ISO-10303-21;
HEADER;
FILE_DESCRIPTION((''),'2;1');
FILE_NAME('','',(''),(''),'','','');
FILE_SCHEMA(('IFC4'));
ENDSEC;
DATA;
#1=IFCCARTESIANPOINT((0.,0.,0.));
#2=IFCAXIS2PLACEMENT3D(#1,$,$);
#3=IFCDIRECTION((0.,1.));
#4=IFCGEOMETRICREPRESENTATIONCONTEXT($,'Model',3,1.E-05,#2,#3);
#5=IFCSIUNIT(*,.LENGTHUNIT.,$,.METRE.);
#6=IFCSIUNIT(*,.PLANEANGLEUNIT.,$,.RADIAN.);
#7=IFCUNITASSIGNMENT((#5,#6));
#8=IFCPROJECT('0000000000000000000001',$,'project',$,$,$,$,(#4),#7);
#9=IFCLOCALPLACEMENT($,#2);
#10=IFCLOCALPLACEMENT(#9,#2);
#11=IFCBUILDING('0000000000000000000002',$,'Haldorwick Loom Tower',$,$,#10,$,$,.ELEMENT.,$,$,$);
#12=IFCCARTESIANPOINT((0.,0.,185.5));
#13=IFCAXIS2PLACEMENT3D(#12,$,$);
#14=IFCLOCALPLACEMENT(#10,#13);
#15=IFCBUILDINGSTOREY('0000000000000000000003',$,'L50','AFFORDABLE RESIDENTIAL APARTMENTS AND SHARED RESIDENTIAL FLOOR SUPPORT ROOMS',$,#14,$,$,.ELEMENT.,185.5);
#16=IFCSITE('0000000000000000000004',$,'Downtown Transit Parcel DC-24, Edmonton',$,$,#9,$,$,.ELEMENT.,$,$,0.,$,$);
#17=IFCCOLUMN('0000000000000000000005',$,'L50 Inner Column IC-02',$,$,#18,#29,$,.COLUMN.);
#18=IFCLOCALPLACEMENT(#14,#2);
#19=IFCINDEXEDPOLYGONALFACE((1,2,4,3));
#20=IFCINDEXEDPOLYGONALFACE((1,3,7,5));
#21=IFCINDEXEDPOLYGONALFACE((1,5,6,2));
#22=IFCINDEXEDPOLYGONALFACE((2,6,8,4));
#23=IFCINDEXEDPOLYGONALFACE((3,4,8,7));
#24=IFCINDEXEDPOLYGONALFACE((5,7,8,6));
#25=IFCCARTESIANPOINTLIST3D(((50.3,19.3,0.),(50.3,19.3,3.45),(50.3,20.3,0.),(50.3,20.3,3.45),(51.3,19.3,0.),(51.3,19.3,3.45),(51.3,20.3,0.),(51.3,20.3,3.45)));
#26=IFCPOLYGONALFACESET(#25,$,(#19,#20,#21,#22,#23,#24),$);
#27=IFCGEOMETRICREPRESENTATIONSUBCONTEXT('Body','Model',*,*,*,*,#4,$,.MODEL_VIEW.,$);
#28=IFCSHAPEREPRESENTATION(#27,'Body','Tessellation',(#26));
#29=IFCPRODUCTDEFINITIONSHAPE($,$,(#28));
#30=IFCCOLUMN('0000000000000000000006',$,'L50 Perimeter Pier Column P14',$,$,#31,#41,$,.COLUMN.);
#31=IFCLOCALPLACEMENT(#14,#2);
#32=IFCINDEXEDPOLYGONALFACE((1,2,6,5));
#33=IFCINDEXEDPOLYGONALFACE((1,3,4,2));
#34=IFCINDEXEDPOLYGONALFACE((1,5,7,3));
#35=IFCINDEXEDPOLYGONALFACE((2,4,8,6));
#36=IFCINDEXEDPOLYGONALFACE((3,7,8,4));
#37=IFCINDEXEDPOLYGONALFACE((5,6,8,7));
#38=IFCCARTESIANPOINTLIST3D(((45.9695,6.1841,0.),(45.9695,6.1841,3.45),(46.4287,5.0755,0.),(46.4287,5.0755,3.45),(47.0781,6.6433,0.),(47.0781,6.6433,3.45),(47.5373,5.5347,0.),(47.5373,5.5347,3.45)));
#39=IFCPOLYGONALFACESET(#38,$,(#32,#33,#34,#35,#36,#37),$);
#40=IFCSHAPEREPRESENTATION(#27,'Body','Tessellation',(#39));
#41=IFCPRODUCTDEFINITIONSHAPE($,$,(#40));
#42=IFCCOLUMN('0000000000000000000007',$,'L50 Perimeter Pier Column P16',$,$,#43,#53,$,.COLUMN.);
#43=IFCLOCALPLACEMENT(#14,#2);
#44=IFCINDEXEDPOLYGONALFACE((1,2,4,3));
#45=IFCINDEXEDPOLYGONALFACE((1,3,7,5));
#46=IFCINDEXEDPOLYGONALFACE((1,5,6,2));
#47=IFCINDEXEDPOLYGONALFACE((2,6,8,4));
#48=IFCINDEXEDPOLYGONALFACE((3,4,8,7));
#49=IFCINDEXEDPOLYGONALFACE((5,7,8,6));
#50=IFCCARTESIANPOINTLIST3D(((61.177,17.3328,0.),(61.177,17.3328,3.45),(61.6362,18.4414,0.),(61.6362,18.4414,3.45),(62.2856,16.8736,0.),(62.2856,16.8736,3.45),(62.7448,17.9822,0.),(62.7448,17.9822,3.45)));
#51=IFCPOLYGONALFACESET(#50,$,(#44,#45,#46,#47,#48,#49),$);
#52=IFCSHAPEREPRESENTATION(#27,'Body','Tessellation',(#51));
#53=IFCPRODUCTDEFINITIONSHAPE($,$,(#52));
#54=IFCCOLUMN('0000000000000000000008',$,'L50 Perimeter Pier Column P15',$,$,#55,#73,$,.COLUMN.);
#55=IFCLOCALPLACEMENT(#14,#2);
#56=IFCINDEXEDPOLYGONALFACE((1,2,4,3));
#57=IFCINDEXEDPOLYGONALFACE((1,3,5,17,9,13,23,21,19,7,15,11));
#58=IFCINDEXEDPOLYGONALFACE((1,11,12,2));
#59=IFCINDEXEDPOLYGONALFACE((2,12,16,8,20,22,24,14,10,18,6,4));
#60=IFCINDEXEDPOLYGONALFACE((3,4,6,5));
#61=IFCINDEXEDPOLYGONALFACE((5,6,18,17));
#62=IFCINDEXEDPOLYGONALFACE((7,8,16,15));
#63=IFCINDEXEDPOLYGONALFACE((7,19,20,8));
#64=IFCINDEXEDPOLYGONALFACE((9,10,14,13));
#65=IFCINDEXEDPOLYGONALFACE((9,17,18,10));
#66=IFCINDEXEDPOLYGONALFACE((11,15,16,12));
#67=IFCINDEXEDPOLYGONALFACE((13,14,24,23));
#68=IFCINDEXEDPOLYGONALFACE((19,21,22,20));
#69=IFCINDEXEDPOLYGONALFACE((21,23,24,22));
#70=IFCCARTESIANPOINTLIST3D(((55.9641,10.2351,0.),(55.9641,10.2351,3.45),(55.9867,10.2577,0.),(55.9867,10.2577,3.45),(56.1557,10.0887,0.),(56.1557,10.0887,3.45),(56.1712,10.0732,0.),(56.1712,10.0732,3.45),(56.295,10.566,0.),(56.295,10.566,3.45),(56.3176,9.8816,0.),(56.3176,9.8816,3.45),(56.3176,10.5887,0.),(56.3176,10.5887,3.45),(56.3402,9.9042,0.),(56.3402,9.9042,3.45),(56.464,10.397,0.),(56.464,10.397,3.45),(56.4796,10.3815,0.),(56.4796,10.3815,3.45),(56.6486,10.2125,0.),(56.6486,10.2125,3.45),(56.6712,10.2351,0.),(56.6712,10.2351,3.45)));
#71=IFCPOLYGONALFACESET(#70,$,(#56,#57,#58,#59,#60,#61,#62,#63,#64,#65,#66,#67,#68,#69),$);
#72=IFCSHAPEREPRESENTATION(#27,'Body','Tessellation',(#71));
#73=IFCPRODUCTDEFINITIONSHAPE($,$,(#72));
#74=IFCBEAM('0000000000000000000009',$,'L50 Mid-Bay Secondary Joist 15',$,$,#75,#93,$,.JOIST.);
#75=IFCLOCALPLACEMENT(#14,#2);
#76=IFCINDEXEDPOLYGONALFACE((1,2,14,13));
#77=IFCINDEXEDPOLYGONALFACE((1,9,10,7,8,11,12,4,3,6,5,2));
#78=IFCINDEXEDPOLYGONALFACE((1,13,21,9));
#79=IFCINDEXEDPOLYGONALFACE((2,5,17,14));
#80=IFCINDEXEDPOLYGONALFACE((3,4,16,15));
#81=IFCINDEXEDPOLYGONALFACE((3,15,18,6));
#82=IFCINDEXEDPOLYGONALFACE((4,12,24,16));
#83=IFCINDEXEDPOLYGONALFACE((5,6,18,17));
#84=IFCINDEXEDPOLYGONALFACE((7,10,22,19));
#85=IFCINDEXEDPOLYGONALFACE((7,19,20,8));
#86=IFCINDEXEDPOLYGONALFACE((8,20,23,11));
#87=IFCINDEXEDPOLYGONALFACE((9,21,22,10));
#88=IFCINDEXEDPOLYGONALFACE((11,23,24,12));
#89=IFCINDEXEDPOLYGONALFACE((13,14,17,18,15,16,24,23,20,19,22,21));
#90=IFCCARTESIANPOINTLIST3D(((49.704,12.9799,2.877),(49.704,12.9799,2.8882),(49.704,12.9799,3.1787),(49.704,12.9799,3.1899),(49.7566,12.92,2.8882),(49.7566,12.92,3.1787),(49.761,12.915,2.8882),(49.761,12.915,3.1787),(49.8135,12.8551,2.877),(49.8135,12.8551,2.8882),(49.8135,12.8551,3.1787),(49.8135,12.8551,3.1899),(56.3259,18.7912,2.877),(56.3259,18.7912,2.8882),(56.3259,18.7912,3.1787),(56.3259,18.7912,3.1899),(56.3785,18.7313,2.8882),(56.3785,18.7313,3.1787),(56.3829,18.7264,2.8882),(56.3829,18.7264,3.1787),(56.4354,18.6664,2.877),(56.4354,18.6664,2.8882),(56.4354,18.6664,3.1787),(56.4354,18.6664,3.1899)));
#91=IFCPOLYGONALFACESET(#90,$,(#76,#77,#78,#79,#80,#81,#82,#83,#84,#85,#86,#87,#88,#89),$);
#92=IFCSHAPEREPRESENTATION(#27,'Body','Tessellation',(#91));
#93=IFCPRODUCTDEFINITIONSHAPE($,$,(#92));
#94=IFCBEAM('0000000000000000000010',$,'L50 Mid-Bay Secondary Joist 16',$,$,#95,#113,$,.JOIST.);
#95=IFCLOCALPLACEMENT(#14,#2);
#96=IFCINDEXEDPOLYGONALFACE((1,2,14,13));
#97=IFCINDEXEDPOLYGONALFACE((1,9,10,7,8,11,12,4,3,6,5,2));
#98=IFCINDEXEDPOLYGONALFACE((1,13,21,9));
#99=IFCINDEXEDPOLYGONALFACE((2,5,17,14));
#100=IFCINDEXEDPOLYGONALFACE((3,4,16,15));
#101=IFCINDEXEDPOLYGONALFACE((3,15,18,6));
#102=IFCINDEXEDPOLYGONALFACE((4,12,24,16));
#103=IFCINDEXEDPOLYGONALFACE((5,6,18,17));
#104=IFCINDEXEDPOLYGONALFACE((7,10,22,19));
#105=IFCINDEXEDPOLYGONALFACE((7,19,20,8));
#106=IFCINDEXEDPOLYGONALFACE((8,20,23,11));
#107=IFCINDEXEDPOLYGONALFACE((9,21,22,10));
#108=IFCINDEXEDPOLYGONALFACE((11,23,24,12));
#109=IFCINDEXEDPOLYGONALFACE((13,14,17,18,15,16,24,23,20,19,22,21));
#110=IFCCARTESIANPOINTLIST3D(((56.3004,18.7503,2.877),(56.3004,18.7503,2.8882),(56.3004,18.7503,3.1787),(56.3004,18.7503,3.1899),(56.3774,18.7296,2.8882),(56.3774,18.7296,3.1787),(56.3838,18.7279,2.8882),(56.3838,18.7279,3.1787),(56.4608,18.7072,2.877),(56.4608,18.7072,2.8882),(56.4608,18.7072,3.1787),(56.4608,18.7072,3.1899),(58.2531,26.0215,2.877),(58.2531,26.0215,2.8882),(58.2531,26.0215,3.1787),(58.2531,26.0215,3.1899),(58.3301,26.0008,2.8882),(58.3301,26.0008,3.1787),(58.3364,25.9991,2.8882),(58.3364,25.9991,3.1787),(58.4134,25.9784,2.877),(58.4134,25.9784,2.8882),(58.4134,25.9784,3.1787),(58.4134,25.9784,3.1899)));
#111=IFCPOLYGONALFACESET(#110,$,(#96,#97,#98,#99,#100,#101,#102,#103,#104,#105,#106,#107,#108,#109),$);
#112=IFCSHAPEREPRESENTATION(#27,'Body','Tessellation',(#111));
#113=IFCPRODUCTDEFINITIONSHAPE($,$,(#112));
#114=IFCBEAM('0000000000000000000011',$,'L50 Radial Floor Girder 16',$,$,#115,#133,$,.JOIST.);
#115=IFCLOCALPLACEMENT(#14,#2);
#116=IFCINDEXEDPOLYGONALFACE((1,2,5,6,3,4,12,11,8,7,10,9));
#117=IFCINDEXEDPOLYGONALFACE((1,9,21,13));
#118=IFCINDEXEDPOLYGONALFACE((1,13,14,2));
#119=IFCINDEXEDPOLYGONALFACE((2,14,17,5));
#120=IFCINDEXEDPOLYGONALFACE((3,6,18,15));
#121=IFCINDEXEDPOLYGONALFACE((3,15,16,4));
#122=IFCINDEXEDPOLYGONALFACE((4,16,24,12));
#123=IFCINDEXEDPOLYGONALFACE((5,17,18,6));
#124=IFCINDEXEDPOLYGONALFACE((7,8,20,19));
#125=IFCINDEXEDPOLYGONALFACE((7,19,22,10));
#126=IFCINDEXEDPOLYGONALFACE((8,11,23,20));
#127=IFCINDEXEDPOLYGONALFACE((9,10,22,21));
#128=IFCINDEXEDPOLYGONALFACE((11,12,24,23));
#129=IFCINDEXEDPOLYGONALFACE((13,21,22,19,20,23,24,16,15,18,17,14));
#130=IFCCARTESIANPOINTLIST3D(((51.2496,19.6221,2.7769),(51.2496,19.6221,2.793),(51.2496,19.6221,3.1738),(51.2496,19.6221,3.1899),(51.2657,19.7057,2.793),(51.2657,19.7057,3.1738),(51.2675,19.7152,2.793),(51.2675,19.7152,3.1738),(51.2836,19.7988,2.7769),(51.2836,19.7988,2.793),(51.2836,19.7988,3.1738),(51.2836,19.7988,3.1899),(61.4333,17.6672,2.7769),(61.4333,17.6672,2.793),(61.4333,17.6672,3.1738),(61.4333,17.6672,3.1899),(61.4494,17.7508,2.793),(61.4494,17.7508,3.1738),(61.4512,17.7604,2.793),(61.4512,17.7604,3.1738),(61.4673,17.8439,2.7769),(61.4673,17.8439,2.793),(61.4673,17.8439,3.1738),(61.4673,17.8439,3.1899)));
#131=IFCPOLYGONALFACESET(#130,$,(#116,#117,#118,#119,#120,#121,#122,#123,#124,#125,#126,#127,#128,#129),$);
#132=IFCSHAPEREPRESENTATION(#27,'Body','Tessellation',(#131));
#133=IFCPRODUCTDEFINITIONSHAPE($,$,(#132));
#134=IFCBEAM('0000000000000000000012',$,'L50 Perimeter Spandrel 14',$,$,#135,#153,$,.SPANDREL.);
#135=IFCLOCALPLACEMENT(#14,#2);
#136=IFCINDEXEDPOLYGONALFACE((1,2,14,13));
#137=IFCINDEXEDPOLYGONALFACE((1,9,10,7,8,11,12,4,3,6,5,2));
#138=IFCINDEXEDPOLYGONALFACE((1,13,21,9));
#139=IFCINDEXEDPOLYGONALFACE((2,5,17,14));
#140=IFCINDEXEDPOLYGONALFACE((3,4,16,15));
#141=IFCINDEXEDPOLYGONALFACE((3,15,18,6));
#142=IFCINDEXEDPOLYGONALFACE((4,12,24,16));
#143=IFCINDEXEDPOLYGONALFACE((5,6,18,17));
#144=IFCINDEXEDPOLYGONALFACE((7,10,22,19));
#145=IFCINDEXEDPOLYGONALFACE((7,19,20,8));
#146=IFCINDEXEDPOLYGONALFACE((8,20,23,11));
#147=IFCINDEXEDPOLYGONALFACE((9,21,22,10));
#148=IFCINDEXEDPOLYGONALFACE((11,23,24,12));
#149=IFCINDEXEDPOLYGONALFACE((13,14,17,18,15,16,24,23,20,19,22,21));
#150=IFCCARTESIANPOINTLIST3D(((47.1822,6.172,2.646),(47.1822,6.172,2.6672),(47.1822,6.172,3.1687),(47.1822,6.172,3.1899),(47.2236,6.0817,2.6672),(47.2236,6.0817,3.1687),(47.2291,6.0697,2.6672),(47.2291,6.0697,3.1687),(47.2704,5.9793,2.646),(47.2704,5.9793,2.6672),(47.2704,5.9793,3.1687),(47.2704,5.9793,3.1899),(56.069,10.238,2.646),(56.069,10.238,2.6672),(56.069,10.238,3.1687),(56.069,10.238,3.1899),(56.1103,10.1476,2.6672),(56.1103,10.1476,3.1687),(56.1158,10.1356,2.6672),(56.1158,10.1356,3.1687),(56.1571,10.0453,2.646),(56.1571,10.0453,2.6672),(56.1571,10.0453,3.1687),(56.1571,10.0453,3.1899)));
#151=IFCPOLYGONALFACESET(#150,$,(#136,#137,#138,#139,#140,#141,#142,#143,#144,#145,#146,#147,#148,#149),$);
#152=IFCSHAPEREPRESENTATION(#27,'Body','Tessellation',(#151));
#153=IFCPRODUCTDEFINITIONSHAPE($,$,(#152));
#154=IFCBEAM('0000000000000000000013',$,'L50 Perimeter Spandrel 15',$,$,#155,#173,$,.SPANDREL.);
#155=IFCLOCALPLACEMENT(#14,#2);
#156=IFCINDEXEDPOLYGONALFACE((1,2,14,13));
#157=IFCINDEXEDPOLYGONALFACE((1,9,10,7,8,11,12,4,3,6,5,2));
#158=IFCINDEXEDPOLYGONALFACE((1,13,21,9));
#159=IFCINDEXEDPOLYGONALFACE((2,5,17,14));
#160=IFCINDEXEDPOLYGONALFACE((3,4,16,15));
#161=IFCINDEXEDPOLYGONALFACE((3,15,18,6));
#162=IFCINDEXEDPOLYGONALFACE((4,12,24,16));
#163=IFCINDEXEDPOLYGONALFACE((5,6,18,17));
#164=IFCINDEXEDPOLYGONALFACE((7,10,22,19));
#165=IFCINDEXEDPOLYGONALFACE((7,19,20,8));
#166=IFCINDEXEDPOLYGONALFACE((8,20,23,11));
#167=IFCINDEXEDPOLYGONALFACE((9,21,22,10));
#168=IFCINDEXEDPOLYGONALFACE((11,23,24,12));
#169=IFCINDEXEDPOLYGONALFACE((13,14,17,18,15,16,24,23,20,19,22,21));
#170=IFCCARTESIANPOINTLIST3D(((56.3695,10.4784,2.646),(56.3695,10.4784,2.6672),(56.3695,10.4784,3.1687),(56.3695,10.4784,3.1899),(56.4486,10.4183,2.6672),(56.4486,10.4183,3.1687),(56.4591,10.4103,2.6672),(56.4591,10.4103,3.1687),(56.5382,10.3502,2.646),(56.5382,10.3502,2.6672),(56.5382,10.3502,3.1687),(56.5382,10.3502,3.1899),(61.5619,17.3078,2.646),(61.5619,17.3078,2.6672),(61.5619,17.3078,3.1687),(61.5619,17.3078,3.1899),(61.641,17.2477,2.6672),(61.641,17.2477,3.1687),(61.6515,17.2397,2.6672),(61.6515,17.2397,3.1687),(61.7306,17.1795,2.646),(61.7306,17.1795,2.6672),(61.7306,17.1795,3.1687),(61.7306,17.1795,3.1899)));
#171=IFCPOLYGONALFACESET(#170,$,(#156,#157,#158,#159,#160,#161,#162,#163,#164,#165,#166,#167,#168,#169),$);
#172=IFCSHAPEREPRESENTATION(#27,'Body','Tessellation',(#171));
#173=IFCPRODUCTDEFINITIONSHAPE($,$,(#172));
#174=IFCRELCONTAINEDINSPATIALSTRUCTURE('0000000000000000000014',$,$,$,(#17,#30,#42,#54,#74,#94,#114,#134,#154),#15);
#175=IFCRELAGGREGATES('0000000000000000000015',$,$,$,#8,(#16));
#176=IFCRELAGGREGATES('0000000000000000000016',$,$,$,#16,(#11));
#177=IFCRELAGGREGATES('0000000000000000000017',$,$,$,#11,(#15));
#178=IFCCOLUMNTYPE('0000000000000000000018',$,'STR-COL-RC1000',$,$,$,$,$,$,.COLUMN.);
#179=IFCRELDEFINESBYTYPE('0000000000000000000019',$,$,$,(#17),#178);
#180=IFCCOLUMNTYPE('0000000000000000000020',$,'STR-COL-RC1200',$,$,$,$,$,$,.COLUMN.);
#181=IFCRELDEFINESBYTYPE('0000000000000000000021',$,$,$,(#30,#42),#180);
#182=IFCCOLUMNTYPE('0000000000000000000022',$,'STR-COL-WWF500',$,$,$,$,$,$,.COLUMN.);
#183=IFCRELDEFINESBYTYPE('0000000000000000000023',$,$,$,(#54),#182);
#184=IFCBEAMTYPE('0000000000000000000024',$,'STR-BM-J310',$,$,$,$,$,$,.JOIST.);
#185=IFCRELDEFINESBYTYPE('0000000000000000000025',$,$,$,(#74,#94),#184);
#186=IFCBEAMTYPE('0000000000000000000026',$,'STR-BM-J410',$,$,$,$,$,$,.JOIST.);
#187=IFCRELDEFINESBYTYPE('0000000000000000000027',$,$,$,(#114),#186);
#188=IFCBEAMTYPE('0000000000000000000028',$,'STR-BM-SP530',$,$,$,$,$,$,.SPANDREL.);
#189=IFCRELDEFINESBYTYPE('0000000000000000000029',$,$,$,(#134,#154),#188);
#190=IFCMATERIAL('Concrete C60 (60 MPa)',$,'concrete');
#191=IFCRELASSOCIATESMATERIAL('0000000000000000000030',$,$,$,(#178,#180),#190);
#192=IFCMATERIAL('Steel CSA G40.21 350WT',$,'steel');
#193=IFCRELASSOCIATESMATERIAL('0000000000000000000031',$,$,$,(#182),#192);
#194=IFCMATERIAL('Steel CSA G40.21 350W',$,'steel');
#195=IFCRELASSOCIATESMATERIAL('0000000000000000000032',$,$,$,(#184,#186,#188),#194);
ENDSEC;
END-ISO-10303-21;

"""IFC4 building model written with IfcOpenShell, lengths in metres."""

from ifc_helpers import new_model, si_unit, direction, frame, origin, origin_2d, place, context, subcontext, project, spatial, rectangle, i_section, extrude, material, material_profile, profile_set, type_object, element, save


model = new_model("IFC4")

# Units and contexts
model_context = context("Model", 3, precision=1e-05, world=origin(), true_north=direction((0.0, 1.0)))
body_context = subcontext(model_context, "Body", "Model", "MODEL_VIEW")
ifc_project = project(units=[si_unit("LENGTHUNIT", "METRE"), si_unit("PLANEANGLEUNIT", "RADIAN")], contexts=[model_context])

# Site, building, storey
site_placement = place(None, origin())
site = spatial("IfcSite", under=ifc_project, at=site_placement, Name="Downtown Transit Parcel DC-24, Edmonton", CompositionType="ELEMENT", RefElevation=0.0)
building_placement = place(site_placement, origin())
building = spatial("IfcBuilding", under=site, at=building_placement, Name="Haldorwick Loom Tower", CompositionType="ELEMENT")
storey_placement = place(building_placement, frame((0.0, 0.0, 185.5)))
storey = spatial("IfcBuildingStorey", under=building, at=storey_placement, Name="L50", Description="AFFORDABLE RESIDENTIAL APARTMENTS AND SHARED RESIDENTIAL FLOOR SUPPORT ROOMS", CompositionType="ELEMENT", Elevation=185.5)

# Columns
ifc_material_1 = material(Name="Concrete C60 (60 MPa)", Category="concrete")
ifc_material_profile_1 = material_profile(ifc_material_1, rectangle(XDim=1.0, YDim=1.0, at=origin_2d()), Name="RC1000X1000", Category="concrete")
ifc_profile_set_1 = profile_set([ifc_material_profile_1], Name="Concrete C60 (60 MPa)")
column_type_1 = type_object("IfcColumnType", Name="STR-COL-RC1000", PredefinedType="COLUMN", material=ifc_profile_set_1)
column_1_placement = place(storey_placement, frame((50.8, 19.8, 0.0), z_axis=(0.0, 0.0, 1.0), x_axis=(1.0, 0.0, 0.0)))
element("IfcColumn", 1, at=column_1_placement, inside=storey, type_object=column_type_1, Name="L50 Inner Column IC-02", PredefinedType="COLUMN", context=body_context, shape_type="SweptSolid", body=[
    extrude(rectangle(XDim=1.0, YDim=1.0, at=origin_2d()), origin(), (0.0, 0.0, 1.0), 3.45),
])
ifc_material_profile_2 = material_profile(ifc_material_1, rectangle(XDim=1.2, YDim=1.2, at=origin_2d()), Name="RC1200X1200", Category="concrete")
ifc_profile_set_2 = profile_set([ifc_material_profile_2], Name="Concrete C60 (60 MPa)")
column_type_2 = type_object("IfcColumnType", Name="STR-COL-RC1200", PredefinedType="COLUMN", material=ifc_profile_set_2)
for number, where, z_axis, x_axis, name in (
    (2, (46.7534, 5.8594, 0.0), (0.0, 0.0, 1.0), (0.382683, -0.92388, 0.0), "L50 Perimeter Pier Column P14"),
    (3, (61.9609, 17.6575, 0.0), (0.0, 0.0, 1.0), (0.92388, -0.382683, 0.0), "L50 Perimeter Pier Column P16"),
):
    element("IfcColumn", number, at=place(storey_placement, frame(where, z_axis=z_axis, x_axis=x_axis)), inside=storey, type_object=column_type_2, Name=name, PredefinedType="COLUMN", context=body_context, shape_type="SweptSolid", body=[
        extrude(rectangle(XDim=1.2, YDim=1.2, at=origin_2d()), origin(), (0.0, 0.0, 1.0), 3.45),
    ])
ifc_material_2 = material(Name="Steel CSA G40.21 350WT", Category="steel")
ifc_material_profile_3 = material_profile(ifc_material_2, i_section(OverallWidth=0.5, OverallDepth=0.5, WebThickness=0.022, FlangeThickness=0.032, at=origin_2d()), Name="WWF500X500", Category="steel")
ifc_profile_set_3 = profile_set([ifc_material_profile_3], Name="Steel CSA G40.21 350WT")
column_type_3 = type_object("IfcColumnType", Name="STR-COL-WWF500", PredefinedType="COLUMN", material=ifc_profile_set_3)
column_2_placement = place(storey_placement, frame((56.3176, 10.2351, 0.0), z_axis=(0.0, 0.0, 1.0), x_axis=(0.707107, -0.707107, 0.0)))
element("IfcColumn", 4, at=column_2_placement, inside=storey, type_object=column_type_3, Name="L50 Perimeter Pier Column P15", PredefinedType="COLUMN", context=body_context, shape_type="SweptSolid", body=[
    extrude(i_section(OverallWidth=0.5, OverallDepth=0.5, WebThickness=0.022, FlangeThickness=0.032, at=origin_2d()), origin(), (0.0, 0.0, 1.0), 3.45),
])

# Beams
ifc_material_3 = material(Name="Steel CSA G40.21 350W", Category="steel")
ifc_material_profile_4 = material_profile(ifc_material_3, i_section(OverallWidth=0.166, OverallDepth=0.313, WebThickness=0.0066, FlangeThickness=0.0112, at=origin_2d()), Name="W310X45", Category="steel")
ifc_profile_set_4 = profile_set([ifc_material_profile_4], Name="Steel CSA G40.21 350W")
beam_type_1 = type_object("IfcBeamType", Name="STR-BM-J310", PredefinedType="JOIST", material=ifc_profile_set_4)
beam_1_placement = place(storey_placement, frame((49.7588, 12.9175, 3.0334), z_axis=(0.751609, 0.659608, 0.0), x_axis=(-0.659608, 0.751609, 0.0)))
element("IfcBeam", 5, at=beam_1_placement, inside=storey, type_object=beam_type_1, Name="L50 Mid-Bay Secondary Joist 15", PredefinedType="JOIST", context=body_context, shape_type="SweptSolid", body=[
    extrude(i_section(OverallWidth=0.166, OverallDepth=0.313, WebThickness=0.0066, FlangeThickness=0.0112, at=origin_2d()), origin(), (0.0, 0.0, 1.0), 8.8103),
])
beam_2_placement = place(storey_placement, frame((56.3806, 18.7288, 3.0334), z_axis=(0.259354, 0.965782, 0.0), x_axis=(-0.965782, 0.259354, 0.0)))
element("IfcBeam", 6, at=beam_2_placement, inside=storey, type_object=beam_type_1, Name="L50 Mid-Bay Secondary Joist 16", PredefinedType="JOIST", context=body_context, shape_type="SweptSolid", body=[
    extrude(i_section(OverallWidth=0.166, OverallDepth=0.313, WebThickness=0.0066, FlangeThickness=0.0112, at=origin_2d()), origin(), (0.0, 0.0, 1.0), 7.5288),
])
ifc_material_profile_5 = material_profile(ifc_material_3, i_section(OverallWidth=0.1799, OverallDepth=0.4131, WebThickness=0.0098, FlangeThickness=0.0161, at=origin_2d()), Name="W410X74", Category="steel")
ifc_profile_set_5 = profile_set([ifc_material_profile_5], Name="Steel CSA G40.21 350W")
beam_type_2 = type_object("IfcBeamType", Name="STR-BM-J410", PredefinedType="JOIST", material=ifc_profile_set_5)
beam_3_placement = place(storey_placement, frame((51.2666, 19.7104, 2.9834), z_axis=(0.98207, -0.188517, 0.0), x_axis=(0.188517, 0.98207, 0.0)))
element("IfcBeam", 7, at=beam_3_placement, inside=storey, type_object=beam_type_2, Name="L50 Radial Floor Girder 16", PredefinedType="JOIST", context=body_context, shape_type="SweptSolid", body=[
    extrude(i_section(OverallWidth=0.1799, OverallDepth=0.4131, WebThickness=0.0098, FlangeThickness=0.0161, at=origin_2d()), origin(), (0.0, 0.0, 1.0), 10.3696),
])
ifc_material_profile_6 = material_profile(ifc_material_3, i_section(OverallWidth=0.2119, OverallDepth=0.5439, WebThickness=0.0132, FlangeThickness=0.0212, at=origin_2d()), Name="W530X123", Category="steel")
ifc_profile_set_6 = profile_set([ifc_material_profile_6], Name="Steel CSA G40.21 350W")
beam_type_3 = type_object("IfcBeamType", Name="STR-BM-SP530", PredefinedType="SPANDREL", material=ifc_profile_set_6)
beam_4_placement = place(storey_placement, frame((47.2263, 6.0757, 2.918), z_axis=(0.909342, 0.416049, 0.0), x_axis=(-0.416049, 0.909342, 0.0)))
element("IfcBeam", 8, at=beam_4_placement, inside=storey, type_object=beam_type_3, Name="L50 Perimeter Spandrel 14", PredefinedType="SPANDREL", context=body_context, shape_type="SweptSolid", body=[
    extrude(i_section(OverallWidth=0.2119, OverallDepth=0.5439, WebThickness=0.0132, FlangeThickness=0.0212, at=origin_2d()), origin(), (0.0, 0.0, 1.0), 9.7727),
])
beam_5_placement = place(storey_placement, frame((56.4539, 10.4143, 2.918), z_axis=(0.605237, 0.796045, 0.0), x_axis=(-0.796045, 0.605237, 0.0)))
element("IfcBeam", 9, at=beam_5_placement, inside=storey, type_object=beam_type_3, Name="L50 Perimeter Spandrel 15", PredefinedType="SPANDREL", context=body_context, shape_type="SweptSolid", body=[
    extrude(i_section(OverallWidth=0.2119, OverallDepth=0.5439, WebThickness=0.0132, FlangeThickness=0.0212, at=origin_2d()), origin(), (0.0, 0.0, 1.0), 8.5791),
])

save(model, "model.ifc")
